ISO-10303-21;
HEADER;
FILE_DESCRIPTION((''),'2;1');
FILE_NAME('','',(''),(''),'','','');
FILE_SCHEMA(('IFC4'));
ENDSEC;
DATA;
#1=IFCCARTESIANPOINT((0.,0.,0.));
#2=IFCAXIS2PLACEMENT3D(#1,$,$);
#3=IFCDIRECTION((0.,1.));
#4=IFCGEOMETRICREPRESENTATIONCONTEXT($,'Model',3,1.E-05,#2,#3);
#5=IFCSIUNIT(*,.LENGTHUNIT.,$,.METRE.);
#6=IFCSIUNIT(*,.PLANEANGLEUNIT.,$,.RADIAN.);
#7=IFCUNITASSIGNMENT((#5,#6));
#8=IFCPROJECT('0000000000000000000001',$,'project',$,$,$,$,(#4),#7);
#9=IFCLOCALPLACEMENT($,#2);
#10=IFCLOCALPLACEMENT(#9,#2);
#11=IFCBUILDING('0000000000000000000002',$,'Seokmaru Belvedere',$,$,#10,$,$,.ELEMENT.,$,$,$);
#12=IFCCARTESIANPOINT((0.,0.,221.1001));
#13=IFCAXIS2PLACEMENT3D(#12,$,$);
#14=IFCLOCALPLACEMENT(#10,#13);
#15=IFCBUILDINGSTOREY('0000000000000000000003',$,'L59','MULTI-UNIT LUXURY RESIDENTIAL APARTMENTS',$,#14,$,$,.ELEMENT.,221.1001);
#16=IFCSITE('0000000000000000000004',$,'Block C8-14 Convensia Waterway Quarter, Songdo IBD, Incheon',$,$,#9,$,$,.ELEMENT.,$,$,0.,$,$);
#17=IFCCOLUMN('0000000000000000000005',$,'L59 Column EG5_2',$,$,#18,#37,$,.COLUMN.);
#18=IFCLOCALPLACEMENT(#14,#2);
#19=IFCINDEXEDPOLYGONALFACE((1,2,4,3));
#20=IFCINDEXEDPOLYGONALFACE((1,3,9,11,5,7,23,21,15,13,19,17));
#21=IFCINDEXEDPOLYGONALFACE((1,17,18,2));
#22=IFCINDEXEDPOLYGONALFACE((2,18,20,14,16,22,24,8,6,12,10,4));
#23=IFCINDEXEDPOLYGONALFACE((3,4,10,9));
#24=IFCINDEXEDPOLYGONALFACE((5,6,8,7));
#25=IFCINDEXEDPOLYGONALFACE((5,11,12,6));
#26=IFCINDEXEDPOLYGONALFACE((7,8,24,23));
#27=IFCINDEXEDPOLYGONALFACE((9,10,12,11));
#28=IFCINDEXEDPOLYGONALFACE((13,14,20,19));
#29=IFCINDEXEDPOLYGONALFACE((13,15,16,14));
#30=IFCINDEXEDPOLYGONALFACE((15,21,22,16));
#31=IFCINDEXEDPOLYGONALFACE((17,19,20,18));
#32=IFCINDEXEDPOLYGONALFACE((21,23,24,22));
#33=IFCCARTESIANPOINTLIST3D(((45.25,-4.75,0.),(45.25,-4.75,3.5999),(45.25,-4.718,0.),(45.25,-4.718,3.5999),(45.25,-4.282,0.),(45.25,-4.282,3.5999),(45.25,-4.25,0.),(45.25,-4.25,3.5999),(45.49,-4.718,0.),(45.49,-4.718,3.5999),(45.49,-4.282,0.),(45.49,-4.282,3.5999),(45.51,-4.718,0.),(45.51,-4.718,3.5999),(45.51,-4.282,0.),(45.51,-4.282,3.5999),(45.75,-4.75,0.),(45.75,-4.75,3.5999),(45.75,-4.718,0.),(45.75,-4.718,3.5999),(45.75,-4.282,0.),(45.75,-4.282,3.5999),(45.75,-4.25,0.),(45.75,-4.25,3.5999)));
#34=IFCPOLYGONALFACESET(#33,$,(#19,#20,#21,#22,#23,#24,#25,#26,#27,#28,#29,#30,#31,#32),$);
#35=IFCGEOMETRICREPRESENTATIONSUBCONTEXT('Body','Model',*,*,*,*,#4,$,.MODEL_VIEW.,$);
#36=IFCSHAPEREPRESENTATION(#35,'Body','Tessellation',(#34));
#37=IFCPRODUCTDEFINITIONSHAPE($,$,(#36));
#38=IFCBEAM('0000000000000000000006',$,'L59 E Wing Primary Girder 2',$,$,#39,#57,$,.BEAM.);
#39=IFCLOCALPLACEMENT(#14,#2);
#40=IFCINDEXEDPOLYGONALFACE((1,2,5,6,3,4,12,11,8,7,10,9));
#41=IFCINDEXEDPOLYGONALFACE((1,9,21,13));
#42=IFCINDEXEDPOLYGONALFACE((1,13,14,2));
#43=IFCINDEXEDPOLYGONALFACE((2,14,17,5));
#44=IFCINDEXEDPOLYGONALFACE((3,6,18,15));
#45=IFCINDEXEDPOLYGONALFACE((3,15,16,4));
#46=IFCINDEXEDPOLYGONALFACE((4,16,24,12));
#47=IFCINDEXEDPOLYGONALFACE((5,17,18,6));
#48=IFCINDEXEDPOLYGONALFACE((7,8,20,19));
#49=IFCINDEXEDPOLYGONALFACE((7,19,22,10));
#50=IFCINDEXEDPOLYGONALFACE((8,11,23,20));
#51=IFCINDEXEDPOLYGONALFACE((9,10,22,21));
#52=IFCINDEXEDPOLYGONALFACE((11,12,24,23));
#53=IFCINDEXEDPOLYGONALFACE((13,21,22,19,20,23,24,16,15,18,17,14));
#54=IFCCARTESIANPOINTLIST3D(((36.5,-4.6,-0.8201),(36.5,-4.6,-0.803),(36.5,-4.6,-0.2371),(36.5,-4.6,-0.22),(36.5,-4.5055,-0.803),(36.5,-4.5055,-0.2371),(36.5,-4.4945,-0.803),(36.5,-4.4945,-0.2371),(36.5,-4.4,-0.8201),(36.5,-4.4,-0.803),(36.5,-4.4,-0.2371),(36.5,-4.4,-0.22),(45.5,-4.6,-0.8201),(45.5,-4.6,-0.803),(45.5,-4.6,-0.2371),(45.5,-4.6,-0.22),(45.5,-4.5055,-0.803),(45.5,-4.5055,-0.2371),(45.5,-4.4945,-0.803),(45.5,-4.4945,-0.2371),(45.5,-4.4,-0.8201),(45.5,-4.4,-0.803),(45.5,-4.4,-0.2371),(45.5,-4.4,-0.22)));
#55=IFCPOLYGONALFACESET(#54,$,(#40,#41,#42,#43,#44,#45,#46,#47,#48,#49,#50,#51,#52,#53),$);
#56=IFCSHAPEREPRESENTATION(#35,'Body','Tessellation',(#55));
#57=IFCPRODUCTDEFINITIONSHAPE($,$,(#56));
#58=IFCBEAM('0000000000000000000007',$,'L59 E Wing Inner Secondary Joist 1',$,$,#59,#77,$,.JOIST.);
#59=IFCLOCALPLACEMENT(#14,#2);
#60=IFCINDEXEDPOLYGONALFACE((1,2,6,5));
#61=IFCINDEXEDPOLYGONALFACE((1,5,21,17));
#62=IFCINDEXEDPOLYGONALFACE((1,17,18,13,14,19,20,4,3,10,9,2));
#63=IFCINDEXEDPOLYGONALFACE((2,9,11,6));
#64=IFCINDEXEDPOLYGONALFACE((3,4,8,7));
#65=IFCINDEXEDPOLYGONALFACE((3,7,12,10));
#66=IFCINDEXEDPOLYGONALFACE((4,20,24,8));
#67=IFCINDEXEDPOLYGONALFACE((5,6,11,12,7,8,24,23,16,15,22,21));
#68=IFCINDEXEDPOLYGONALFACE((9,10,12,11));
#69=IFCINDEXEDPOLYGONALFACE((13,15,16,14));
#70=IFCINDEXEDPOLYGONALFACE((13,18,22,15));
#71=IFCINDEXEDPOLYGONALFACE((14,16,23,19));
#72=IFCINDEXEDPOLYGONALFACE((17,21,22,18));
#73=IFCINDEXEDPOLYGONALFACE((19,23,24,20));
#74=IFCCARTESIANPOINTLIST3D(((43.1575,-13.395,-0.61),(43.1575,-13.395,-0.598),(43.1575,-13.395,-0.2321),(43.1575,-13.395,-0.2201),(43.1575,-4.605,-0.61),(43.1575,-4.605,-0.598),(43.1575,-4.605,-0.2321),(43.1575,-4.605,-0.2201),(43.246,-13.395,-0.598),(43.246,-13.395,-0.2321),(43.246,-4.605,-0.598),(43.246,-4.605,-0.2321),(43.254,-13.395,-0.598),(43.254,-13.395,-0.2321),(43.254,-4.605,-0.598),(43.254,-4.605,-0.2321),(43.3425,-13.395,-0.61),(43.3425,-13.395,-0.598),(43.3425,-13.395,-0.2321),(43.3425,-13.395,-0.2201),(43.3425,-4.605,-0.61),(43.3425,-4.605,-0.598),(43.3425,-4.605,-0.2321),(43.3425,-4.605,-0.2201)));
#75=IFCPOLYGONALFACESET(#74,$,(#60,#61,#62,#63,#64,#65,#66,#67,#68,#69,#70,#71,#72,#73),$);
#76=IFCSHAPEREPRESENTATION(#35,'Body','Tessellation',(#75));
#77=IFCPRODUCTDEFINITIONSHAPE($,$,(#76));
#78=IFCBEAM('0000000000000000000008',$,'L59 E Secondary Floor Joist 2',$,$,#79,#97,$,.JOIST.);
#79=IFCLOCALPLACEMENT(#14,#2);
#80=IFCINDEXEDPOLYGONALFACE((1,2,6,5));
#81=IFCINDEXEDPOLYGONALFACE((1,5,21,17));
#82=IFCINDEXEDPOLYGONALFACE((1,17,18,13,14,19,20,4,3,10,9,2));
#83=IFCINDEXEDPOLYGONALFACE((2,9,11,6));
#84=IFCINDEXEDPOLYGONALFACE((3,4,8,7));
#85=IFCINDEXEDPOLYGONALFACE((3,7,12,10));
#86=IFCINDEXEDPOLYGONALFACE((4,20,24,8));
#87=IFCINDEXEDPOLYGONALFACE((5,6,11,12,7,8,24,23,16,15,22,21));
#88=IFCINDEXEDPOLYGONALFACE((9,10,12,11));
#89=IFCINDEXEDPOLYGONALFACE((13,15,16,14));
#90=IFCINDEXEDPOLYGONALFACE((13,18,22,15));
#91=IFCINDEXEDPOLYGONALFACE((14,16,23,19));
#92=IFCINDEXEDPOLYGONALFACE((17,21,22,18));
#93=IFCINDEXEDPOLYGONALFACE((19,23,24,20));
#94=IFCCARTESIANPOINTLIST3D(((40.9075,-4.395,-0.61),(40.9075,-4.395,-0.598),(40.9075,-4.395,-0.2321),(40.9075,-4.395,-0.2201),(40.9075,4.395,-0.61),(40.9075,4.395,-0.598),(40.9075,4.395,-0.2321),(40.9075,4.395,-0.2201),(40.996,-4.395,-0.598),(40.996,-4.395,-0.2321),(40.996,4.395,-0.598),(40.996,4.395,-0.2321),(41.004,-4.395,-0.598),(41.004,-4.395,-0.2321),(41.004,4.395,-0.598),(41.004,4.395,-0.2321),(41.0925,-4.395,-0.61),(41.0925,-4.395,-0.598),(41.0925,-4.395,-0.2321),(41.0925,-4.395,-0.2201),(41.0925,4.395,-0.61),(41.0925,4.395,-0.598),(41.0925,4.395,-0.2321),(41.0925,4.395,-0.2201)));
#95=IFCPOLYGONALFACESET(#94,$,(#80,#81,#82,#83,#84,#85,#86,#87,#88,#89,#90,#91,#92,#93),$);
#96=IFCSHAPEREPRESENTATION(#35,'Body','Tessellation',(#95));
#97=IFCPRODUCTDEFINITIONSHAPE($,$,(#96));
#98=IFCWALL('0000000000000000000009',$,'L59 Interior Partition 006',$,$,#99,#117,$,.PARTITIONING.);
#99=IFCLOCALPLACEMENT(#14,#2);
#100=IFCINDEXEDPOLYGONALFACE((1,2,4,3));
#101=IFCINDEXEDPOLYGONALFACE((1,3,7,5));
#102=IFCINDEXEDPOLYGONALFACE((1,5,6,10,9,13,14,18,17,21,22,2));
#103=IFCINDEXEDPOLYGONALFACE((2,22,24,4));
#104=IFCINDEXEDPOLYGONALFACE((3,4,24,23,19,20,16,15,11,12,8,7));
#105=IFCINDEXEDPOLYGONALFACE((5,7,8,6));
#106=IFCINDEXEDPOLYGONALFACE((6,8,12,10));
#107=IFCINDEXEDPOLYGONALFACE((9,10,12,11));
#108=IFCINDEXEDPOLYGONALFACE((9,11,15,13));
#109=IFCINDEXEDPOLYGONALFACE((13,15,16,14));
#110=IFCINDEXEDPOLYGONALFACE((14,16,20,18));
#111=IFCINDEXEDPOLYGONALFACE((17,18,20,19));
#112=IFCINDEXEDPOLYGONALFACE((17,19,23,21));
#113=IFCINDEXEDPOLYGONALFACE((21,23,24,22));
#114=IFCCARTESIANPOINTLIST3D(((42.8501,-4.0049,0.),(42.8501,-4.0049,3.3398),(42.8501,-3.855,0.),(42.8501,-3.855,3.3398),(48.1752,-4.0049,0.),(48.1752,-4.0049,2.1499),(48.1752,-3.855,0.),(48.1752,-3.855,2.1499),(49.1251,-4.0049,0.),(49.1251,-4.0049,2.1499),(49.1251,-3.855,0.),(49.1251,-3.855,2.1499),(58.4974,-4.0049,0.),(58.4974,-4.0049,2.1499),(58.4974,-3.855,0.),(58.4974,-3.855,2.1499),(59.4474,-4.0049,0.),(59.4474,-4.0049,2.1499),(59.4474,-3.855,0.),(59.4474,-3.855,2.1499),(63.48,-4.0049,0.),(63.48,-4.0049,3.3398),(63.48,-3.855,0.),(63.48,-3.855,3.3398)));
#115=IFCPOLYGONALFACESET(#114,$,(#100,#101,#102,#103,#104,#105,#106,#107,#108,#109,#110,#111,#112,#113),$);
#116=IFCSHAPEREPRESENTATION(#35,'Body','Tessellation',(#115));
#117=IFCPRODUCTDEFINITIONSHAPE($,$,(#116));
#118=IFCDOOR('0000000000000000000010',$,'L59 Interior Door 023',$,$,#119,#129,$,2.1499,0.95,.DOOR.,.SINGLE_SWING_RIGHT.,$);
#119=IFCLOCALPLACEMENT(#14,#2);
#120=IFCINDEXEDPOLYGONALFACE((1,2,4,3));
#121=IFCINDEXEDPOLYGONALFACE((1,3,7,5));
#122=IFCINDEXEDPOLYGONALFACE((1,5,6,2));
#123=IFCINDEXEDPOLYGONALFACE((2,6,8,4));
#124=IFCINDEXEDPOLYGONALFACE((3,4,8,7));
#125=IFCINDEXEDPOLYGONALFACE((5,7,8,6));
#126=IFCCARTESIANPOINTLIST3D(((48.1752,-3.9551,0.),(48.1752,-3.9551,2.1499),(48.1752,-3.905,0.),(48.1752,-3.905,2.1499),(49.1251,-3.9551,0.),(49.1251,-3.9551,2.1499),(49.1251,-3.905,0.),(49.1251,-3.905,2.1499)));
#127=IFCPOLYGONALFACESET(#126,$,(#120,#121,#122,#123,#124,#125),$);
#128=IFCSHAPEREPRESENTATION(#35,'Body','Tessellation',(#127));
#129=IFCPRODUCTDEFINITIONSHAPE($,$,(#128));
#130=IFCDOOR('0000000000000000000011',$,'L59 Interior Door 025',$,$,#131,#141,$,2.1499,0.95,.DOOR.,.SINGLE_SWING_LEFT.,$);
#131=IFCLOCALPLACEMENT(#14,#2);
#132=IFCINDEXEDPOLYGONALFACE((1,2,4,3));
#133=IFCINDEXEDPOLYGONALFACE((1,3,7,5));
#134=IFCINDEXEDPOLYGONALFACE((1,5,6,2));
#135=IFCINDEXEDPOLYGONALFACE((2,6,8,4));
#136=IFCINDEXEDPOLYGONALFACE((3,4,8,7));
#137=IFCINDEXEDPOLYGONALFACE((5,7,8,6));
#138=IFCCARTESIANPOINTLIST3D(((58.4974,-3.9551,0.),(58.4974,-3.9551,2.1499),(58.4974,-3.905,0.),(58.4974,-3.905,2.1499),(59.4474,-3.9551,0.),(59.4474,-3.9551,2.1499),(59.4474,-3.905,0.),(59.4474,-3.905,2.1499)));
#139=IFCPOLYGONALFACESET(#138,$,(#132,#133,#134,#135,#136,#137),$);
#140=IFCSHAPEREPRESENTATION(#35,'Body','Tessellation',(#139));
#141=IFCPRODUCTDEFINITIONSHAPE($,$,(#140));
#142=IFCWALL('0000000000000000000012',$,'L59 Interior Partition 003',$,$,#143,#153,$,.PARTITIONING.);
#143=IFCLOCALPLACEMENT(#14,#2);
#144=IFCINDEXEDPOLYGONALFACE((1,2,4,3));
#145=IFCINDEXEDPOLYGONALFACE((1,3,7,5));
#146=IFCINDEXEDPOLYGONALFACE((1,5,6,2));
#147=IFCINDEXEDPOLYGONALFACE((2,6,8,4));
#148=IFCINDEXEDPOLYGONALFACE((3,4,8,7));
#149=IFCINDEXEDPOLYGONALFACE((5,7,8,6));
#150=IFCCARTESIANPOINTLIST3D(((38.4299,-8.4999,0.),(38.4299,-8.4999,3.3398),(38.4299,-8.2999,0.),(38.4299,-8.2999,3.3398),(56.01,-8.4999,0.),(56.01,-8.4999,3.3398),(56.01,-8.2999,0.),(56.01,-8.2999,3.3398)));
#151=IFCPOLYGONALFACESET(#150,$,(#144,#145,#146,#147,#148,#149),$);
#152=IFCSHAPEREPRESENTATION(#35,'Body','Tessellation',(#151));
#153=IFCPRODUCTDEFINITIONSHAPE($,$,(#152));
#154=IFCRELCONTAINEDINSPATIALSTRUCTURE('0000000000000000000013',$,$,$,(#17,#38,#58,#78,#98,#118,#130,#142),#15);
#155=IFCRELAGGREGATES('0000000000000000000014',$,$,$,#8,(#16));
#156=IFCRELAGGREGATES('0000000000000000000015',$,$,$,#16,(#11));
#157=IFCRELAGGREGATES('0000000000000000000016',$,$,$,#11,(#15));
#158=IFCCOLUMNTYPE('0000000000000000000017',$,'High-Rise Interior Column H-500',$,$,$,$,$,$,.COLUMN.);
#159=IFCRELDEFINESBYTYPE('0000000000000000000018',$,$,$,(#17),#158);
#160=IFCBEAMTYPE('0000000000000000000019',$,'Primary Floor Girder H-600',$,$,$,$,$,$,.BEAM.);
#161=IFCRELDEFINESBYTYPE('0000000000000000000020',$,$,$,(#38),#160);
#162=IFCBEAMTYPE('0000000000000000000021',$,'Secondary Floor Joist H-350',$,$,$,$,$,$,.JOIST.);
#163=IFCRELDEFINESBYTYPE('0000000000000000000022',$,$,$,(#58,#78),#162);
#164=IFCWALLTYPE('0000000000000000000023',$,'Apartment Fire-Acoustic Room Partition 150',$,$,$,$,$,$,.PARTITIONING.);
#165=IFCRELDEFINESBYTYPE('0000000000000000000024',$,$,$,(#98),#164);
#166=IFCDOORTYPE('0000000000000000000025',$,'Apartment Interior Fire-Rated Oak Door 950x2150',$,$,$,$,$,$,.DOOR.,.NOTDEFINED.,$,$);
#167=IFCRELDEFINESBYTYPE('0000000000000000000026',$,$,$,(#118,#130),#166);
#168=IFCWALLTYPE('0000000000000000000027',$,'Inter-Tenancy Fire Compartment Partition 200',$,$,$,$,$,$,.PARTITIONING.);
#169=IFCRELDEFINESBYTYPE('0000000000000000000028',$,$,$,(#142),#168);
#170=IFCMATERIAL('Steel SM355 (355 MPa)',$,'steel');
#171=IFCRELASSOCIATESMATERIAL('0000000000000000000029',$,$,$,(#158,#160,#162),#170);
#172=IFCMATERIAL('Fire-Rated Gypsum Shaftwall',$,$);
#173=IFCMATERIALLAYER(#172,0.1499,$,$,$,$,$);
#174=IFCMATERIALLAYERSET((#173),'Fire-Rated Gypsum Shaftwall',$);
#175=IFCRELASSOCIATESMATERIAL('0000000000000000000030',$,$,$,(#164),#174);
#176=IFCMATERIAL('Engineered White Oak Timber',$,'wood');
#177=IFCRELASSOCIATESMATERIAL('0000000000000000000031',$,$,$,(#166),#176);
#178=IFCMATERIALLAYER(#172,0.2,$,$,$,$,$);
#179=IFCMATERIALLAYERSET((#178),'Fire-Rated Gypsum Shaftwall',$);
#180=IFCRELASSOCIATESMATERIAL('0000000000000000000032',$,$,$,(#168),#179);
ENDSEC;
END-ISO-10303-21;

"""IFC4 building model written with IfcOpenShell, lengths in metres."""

from ifc_helpers import new_model, si_unit, direction, frame, frame_2d, origin, origin_2d, place, context, subcontext, project, spatial, rectangle, i_section, extrude, source, transform, mapped, material, layer, layer_set, material_profile, profile_set, type_object, type_shapes, element, fill, save


model = new_model("IFC4")

# Units and contexts
model_context = context("Model", 3, precision=1e-05, world=origin(), true_north=direction((0.0, 1.0)))
body_context = subcontext(model_context, "Body", "Model", "MODEL_VIEW")
ifc_project = project(units=[si_unit("LENGTHUNIT", "METRE"), si_unit("PLANEANGLEUNIT", "RADIAN")], contexts=[model_context])

# Site, building, storey
site_placement = place(None, origin())
site = spatial("IfcSite", under=ifc_project, at=site_placement, Name="Block C8-14 Convensia Waterway Quarter, Songdo IBD, Incheon", CompositionType="ELEMENT", RefElevation=0.0)
building_placement = place(site_placement, origin())
building = spatial("IfcBuilding", under=site, at=building_placement, Name="Seokmaru Belvedere", CompositionType="ELEMENT")
storey_placement = place(building_placement, frame((0.0, 0.0, 221.1001)))
storey = spatial("IfcBuildingStorey", under=building, at=storey_placement, Name="L59", Description="MULTI-UNIT LUXURY RESIDENTIAL APARTMENTS", CompositionType="ELEMENT", Elevation=221.1001)

# Column
ifc_material_1 = material(Name="Steel SM355 (355 MPa)", Category="steel")
ifc_material_profile_1 = material_profile(ifc_material_1, i_section(OverallWidth=0.5, OverallDepth=0.5, WebThickness=0.02, FlangeThickness=0.032, at=origin_2d()), Name="H-500x500x20x32")
ifc_profile_set_1 = profile_set([ifc_material_profile_1], Name="Steel SM355 (355 MPa)")
column_type = type_object("IfcColumnType", Name="High-Rise Interior Column H-500", PredefinedType="COLUMN", material=ifc_profile_set_1)
shared_shape_1 = source(origin(), body_context, "Body", "SweptSolid", [
    extrude(i_section(OverallWidth=0.5, OverallDepth=0.5, WebThickness=0.02, FlangeThickness=0.032, at=origin_2d()), origin(), (0.0, 0.0, 1.0), 3.5999),
])
type_shapes(column_type, [shared_shape_1])
column_placement = place(storey_placement, frame((45.5, -4.5, 0.0), z_axis=(0.0, 0.0, 1.0), x_axis=(1.0, 0.0, 0.0)))
element("IfcColumn", 1, at=column_placement, inside=storey, type_object=column_type, Name="L59 Column EG5_2", PredefinedType="COLUMN", context=body_context, shape_type="MappedRepresentation", body=[
    mapped(shared_shape_1, transform((0.0, 0.0, 0.0), scale=1.0)),
])

# Beams
ifc_material_profile_2 = material_profile(ifc_material_1, i_section(OverallWidth=0.2, OverallDepth=0.6001, WebThickness=0.011, FlangeThickness=0.0171, at=origin_2d()), Name="H-600x200x11x17")
ifc_profile_set_2 = profile_set([ifc_material_profile_2], Name="Steel SM355 (355 MPa)")
beam_type_1 = type_object("IfcBeamType", Name="Primary Floor Girder H-600", PredefinedType="BEAM", material=ifc_profile_set_2)
shared_shape_2 = source(origin(), body_context, "Body", "SweptSolid", [
    extrude(i_section(OverallWidth=0.2, OverallDepth=0.6001, WebThickness=0.011, FlangeThickness=0.0171, at=origin_2d()), origin(), (0.0, 0.0, 1.0), 9.0),
])
type_shapes(beam_type_1, [shared_shape_2])
beam_placement = place(storey_placement, frame((36.5, -4.5, -0.52), z_axis=(1.0, 0.0, 0.0), x_axis=(0.0, 1.0, 0.0)))
element("IfcBeam", 2, at=beam_placement, inside=storey, type_object=beam_type_1, Name="L59 E Wing Primary Girder 2", PredefinedType="BEAM", context=body_context, shape_type="MappedRepresentation", body=[
    mapped(shared_shape_2, transform((0.0, 0.0, 0.0), scale=1.0)),
])
ifc_material_profile_3 = material_profile(ifc_material_1, i_section(OverallWidth=0.1851, OverallDepth=0.3899, WebThickness=0.0081, FlangeThickness=0.012, at=origin_2d()), Name="H-390x185x8x12")
ifc_profile_set_3 = profile_set([ifc_material_profile_3], Name="Steel SM355 (355 MPa)")
beam_type_2 = type_object("IfcBeamType", Name="Secondary Floor Joist H-350", PredefinedType="JOIST", material=ifc_profile_set_3)
shared_shape_3 = source(origin(), body_context, "Body", "SweptSolid", [
    extrude(i_section(OverallWidth=0.1851, OverallDepth=0.3899, WebThickness=0.0081, FlangeThickness=0.012, at=origin_2d()), origin(), (0.0, 0.0, 1.0), 8.79),
])
type_shapes(beam_type_2, [shared_shape_3])
for number, where, z_axis, x_axis, name in (
    (3, (43.25, -13.395, -0.415), (0.0, 1.0, 0.0), (-1.0, 0.0, 0.0), "L59 E Wing Inner Secondary Joist 1"),
    (4, (41.0, -4.395, -0.415), (0.0, 1.0, 0.0), (-1.0, 0.0, 0.0), "L59 E Secondary Floor Joist 2"),
):
    element("IfcBeam", number, at=place(storey_placement, frame(where, z_axis=z_axis, x_axis=x_axis)), inside=storey, type_object=beam_type_2, Name=name, PredefinedType="JOIST", context=body_context, shape_type="MappedRepresentation", body=[
        mapped(shared_shape_3, transform((0.0, 0.0, 0.0), scale=1.0)),
    ])

# Wall, openings, doors
ifc_material_2 = material(Name="Fire-Rated Gypsum Shaftwall")
ifc_layer_1 = layer(ifc_material_2, 0.1499)
ifc_layer_set_1 = layer_set([ifc_layer_1], Name="Fire-Rated Gypsum Shaftwall")
wall_type_1 = type_object("IfcWallType", Name="Apartment Fire-Acoustic Room Partition 150", PredefinedType="PARTITIONING", material=ifc_layer_set_1)
wall_1_placement = place(storey_placement, frame((42.8501, -3.9299, 0.0), z_axis=(0.0, 0.0, 1.0), x_axis=(1.0, 0.0, 0.0)))
wall_1 = element("IfcWall", 5, at=wall_1_placement, inside=storey, type_object=wall_type_1, Name="L59 Interior Partition 006", PredefinedType="PARTITIONING", context=body_context, shape_type="SweptSolid", body=[
    extrude(rectangle(XDim=20.6299, YDim=0.1499, at=frame_2d((10.3149, 0.0))), origin(), (0.0, 0.0, 1.0), 3.3398),
])
opening_1_placement = place(wall_1_placement, frame((5.325, 0.0, 0.0)))
opening_1 = element("IfcOpeningElement", 6, at=opening_1_placement, cuts=wall_1, PredefinedType="OPENING", context=body_context, shape_type="SweptSolid", body=[
    extrude(rectangle(XDim=0.95, YDim=2.1499, at=frame_2d((0.4751, 1.075))), frame((0.0, 0.085, 0.0), z_axis=(0.0, -1.0, 0.0), x_axis=(1.0, 0.0, 0.0)), (0.0, 0.0, 1.0), 0.1699),
])
opening_2_placement = place(wall_1_placement, frame((15.6472, 0.0, 0.0)))
opening_2 = element("IfcOpeningElement", 7, at=opening_2_placement, cuts=wall_1, PredefinedType="OPENING", context=body_context, shape_type="SweptSolid", body=[
    extrude(rectangle(XDim=0.95, YDim=2.1499, at=frame_2d((0.4751, 1.075))), frame((0.0, 0.085, 0.0), z_axis=(0.0, -1.0, 0.0), x_axis=(1.0, 0.0, 0.0)), (0.0, 0.0, 1.0), 0.1699),
])
ifc_material_3 = material(Name="Engineered White Oak Timber", Category="wood")
door_type_1 = type_object("IfcDoorType", Name="Apartment Interior Fire-Rated Oak Door 950x2150", OperationType="NOTDEFINED", PredefinedType="DOOR", material=ifc_material_3)
shared_shape_4 = source(origin(), body_context, "Body", "SweptSolid", [
    extrude(rectangle(XDim=0.95, YDim=2.1499, at=frame_2d((0.4751, 1.075))), frame((0.0, 0.0249, 0.0), z_axis=(0.0, -1.0, 0.0), x_axis=(1.0, 0.0, 0.0)), (0.0, 0.0, 1.0), 0.05),
])
type_shapes(door_type_1, [shared_shape_4])
door_1_placement = place(opening_1_placement, origin())
door_1 = element("IfcDoor", 8, at=door_1_placement, inside=storey, type_object=door_type_1, Name="L59 Interior Door 023", OperationType="SINGLE_SWING_RIGHT", OverallHeight=2.1499, OverallWidth=0.95, PredefinedType="DOOR", context=body_context, shape_type="MappedRepresentation", body=[
    mapped(shared_shape_4, transform((0.0, 0.0, 0.0), scale=1.0)),
])
fill(opening_1, door_1)
door_2_placement = place(opening_2_placement, origin())
door_2 = element("IfcDoor", 9, at=door_2_placement, inside=storey, type_object=door_type_1, Name="L59 Interior Door 025", OperationType="SINGLE_SWING_LEFT", OverallHeight=2.1499, OverallWidth=0.95, PredefinedType="DOOR", context=body_context, shape_type="MappedRepresentation", body=[
    mapped(shared_shape_4, transform((0.0, 0.0, 0.0), scale=1.0)),
])
fill(opening_2, door_2)

# Wall
ifc_layer_2 = layer(ifc_material_2, 0.2)
ifc_layer_set_2 = layer_set([ifc_layer_2], Name="Fire-Rated Gypsum Shaftwall")
wall_type_2 = type_object("IfcWallType", Name="Inter-Tenancy Fire Compartment Partition 200", PredefinedType="PARTITIONING", material=ifc_layer_set_2)
wall_2_placement = place(storey_placement, frame((38.4299, -8.3999, 0.0), z_axis=(0.0, 0.0, 1.0), x_axis=(1.0, 0.0, 0.0)))
element("IfcWall", 10, at=wall_2_placement, inside=storey, type_object=wall_type_2, Name="L59 Interior Partition 003", PredefinedType="PARTITIONING", context=body_context, shape_type="SweptSolid", body=[
    extrude(rectangle(XDim=17.5801, YDim=0.2, at=frame_2d((8.79, 0.0))), origin(), (0.0, 0.0, 1.0), 3.3398),
])

save(model, "model.ifc")
